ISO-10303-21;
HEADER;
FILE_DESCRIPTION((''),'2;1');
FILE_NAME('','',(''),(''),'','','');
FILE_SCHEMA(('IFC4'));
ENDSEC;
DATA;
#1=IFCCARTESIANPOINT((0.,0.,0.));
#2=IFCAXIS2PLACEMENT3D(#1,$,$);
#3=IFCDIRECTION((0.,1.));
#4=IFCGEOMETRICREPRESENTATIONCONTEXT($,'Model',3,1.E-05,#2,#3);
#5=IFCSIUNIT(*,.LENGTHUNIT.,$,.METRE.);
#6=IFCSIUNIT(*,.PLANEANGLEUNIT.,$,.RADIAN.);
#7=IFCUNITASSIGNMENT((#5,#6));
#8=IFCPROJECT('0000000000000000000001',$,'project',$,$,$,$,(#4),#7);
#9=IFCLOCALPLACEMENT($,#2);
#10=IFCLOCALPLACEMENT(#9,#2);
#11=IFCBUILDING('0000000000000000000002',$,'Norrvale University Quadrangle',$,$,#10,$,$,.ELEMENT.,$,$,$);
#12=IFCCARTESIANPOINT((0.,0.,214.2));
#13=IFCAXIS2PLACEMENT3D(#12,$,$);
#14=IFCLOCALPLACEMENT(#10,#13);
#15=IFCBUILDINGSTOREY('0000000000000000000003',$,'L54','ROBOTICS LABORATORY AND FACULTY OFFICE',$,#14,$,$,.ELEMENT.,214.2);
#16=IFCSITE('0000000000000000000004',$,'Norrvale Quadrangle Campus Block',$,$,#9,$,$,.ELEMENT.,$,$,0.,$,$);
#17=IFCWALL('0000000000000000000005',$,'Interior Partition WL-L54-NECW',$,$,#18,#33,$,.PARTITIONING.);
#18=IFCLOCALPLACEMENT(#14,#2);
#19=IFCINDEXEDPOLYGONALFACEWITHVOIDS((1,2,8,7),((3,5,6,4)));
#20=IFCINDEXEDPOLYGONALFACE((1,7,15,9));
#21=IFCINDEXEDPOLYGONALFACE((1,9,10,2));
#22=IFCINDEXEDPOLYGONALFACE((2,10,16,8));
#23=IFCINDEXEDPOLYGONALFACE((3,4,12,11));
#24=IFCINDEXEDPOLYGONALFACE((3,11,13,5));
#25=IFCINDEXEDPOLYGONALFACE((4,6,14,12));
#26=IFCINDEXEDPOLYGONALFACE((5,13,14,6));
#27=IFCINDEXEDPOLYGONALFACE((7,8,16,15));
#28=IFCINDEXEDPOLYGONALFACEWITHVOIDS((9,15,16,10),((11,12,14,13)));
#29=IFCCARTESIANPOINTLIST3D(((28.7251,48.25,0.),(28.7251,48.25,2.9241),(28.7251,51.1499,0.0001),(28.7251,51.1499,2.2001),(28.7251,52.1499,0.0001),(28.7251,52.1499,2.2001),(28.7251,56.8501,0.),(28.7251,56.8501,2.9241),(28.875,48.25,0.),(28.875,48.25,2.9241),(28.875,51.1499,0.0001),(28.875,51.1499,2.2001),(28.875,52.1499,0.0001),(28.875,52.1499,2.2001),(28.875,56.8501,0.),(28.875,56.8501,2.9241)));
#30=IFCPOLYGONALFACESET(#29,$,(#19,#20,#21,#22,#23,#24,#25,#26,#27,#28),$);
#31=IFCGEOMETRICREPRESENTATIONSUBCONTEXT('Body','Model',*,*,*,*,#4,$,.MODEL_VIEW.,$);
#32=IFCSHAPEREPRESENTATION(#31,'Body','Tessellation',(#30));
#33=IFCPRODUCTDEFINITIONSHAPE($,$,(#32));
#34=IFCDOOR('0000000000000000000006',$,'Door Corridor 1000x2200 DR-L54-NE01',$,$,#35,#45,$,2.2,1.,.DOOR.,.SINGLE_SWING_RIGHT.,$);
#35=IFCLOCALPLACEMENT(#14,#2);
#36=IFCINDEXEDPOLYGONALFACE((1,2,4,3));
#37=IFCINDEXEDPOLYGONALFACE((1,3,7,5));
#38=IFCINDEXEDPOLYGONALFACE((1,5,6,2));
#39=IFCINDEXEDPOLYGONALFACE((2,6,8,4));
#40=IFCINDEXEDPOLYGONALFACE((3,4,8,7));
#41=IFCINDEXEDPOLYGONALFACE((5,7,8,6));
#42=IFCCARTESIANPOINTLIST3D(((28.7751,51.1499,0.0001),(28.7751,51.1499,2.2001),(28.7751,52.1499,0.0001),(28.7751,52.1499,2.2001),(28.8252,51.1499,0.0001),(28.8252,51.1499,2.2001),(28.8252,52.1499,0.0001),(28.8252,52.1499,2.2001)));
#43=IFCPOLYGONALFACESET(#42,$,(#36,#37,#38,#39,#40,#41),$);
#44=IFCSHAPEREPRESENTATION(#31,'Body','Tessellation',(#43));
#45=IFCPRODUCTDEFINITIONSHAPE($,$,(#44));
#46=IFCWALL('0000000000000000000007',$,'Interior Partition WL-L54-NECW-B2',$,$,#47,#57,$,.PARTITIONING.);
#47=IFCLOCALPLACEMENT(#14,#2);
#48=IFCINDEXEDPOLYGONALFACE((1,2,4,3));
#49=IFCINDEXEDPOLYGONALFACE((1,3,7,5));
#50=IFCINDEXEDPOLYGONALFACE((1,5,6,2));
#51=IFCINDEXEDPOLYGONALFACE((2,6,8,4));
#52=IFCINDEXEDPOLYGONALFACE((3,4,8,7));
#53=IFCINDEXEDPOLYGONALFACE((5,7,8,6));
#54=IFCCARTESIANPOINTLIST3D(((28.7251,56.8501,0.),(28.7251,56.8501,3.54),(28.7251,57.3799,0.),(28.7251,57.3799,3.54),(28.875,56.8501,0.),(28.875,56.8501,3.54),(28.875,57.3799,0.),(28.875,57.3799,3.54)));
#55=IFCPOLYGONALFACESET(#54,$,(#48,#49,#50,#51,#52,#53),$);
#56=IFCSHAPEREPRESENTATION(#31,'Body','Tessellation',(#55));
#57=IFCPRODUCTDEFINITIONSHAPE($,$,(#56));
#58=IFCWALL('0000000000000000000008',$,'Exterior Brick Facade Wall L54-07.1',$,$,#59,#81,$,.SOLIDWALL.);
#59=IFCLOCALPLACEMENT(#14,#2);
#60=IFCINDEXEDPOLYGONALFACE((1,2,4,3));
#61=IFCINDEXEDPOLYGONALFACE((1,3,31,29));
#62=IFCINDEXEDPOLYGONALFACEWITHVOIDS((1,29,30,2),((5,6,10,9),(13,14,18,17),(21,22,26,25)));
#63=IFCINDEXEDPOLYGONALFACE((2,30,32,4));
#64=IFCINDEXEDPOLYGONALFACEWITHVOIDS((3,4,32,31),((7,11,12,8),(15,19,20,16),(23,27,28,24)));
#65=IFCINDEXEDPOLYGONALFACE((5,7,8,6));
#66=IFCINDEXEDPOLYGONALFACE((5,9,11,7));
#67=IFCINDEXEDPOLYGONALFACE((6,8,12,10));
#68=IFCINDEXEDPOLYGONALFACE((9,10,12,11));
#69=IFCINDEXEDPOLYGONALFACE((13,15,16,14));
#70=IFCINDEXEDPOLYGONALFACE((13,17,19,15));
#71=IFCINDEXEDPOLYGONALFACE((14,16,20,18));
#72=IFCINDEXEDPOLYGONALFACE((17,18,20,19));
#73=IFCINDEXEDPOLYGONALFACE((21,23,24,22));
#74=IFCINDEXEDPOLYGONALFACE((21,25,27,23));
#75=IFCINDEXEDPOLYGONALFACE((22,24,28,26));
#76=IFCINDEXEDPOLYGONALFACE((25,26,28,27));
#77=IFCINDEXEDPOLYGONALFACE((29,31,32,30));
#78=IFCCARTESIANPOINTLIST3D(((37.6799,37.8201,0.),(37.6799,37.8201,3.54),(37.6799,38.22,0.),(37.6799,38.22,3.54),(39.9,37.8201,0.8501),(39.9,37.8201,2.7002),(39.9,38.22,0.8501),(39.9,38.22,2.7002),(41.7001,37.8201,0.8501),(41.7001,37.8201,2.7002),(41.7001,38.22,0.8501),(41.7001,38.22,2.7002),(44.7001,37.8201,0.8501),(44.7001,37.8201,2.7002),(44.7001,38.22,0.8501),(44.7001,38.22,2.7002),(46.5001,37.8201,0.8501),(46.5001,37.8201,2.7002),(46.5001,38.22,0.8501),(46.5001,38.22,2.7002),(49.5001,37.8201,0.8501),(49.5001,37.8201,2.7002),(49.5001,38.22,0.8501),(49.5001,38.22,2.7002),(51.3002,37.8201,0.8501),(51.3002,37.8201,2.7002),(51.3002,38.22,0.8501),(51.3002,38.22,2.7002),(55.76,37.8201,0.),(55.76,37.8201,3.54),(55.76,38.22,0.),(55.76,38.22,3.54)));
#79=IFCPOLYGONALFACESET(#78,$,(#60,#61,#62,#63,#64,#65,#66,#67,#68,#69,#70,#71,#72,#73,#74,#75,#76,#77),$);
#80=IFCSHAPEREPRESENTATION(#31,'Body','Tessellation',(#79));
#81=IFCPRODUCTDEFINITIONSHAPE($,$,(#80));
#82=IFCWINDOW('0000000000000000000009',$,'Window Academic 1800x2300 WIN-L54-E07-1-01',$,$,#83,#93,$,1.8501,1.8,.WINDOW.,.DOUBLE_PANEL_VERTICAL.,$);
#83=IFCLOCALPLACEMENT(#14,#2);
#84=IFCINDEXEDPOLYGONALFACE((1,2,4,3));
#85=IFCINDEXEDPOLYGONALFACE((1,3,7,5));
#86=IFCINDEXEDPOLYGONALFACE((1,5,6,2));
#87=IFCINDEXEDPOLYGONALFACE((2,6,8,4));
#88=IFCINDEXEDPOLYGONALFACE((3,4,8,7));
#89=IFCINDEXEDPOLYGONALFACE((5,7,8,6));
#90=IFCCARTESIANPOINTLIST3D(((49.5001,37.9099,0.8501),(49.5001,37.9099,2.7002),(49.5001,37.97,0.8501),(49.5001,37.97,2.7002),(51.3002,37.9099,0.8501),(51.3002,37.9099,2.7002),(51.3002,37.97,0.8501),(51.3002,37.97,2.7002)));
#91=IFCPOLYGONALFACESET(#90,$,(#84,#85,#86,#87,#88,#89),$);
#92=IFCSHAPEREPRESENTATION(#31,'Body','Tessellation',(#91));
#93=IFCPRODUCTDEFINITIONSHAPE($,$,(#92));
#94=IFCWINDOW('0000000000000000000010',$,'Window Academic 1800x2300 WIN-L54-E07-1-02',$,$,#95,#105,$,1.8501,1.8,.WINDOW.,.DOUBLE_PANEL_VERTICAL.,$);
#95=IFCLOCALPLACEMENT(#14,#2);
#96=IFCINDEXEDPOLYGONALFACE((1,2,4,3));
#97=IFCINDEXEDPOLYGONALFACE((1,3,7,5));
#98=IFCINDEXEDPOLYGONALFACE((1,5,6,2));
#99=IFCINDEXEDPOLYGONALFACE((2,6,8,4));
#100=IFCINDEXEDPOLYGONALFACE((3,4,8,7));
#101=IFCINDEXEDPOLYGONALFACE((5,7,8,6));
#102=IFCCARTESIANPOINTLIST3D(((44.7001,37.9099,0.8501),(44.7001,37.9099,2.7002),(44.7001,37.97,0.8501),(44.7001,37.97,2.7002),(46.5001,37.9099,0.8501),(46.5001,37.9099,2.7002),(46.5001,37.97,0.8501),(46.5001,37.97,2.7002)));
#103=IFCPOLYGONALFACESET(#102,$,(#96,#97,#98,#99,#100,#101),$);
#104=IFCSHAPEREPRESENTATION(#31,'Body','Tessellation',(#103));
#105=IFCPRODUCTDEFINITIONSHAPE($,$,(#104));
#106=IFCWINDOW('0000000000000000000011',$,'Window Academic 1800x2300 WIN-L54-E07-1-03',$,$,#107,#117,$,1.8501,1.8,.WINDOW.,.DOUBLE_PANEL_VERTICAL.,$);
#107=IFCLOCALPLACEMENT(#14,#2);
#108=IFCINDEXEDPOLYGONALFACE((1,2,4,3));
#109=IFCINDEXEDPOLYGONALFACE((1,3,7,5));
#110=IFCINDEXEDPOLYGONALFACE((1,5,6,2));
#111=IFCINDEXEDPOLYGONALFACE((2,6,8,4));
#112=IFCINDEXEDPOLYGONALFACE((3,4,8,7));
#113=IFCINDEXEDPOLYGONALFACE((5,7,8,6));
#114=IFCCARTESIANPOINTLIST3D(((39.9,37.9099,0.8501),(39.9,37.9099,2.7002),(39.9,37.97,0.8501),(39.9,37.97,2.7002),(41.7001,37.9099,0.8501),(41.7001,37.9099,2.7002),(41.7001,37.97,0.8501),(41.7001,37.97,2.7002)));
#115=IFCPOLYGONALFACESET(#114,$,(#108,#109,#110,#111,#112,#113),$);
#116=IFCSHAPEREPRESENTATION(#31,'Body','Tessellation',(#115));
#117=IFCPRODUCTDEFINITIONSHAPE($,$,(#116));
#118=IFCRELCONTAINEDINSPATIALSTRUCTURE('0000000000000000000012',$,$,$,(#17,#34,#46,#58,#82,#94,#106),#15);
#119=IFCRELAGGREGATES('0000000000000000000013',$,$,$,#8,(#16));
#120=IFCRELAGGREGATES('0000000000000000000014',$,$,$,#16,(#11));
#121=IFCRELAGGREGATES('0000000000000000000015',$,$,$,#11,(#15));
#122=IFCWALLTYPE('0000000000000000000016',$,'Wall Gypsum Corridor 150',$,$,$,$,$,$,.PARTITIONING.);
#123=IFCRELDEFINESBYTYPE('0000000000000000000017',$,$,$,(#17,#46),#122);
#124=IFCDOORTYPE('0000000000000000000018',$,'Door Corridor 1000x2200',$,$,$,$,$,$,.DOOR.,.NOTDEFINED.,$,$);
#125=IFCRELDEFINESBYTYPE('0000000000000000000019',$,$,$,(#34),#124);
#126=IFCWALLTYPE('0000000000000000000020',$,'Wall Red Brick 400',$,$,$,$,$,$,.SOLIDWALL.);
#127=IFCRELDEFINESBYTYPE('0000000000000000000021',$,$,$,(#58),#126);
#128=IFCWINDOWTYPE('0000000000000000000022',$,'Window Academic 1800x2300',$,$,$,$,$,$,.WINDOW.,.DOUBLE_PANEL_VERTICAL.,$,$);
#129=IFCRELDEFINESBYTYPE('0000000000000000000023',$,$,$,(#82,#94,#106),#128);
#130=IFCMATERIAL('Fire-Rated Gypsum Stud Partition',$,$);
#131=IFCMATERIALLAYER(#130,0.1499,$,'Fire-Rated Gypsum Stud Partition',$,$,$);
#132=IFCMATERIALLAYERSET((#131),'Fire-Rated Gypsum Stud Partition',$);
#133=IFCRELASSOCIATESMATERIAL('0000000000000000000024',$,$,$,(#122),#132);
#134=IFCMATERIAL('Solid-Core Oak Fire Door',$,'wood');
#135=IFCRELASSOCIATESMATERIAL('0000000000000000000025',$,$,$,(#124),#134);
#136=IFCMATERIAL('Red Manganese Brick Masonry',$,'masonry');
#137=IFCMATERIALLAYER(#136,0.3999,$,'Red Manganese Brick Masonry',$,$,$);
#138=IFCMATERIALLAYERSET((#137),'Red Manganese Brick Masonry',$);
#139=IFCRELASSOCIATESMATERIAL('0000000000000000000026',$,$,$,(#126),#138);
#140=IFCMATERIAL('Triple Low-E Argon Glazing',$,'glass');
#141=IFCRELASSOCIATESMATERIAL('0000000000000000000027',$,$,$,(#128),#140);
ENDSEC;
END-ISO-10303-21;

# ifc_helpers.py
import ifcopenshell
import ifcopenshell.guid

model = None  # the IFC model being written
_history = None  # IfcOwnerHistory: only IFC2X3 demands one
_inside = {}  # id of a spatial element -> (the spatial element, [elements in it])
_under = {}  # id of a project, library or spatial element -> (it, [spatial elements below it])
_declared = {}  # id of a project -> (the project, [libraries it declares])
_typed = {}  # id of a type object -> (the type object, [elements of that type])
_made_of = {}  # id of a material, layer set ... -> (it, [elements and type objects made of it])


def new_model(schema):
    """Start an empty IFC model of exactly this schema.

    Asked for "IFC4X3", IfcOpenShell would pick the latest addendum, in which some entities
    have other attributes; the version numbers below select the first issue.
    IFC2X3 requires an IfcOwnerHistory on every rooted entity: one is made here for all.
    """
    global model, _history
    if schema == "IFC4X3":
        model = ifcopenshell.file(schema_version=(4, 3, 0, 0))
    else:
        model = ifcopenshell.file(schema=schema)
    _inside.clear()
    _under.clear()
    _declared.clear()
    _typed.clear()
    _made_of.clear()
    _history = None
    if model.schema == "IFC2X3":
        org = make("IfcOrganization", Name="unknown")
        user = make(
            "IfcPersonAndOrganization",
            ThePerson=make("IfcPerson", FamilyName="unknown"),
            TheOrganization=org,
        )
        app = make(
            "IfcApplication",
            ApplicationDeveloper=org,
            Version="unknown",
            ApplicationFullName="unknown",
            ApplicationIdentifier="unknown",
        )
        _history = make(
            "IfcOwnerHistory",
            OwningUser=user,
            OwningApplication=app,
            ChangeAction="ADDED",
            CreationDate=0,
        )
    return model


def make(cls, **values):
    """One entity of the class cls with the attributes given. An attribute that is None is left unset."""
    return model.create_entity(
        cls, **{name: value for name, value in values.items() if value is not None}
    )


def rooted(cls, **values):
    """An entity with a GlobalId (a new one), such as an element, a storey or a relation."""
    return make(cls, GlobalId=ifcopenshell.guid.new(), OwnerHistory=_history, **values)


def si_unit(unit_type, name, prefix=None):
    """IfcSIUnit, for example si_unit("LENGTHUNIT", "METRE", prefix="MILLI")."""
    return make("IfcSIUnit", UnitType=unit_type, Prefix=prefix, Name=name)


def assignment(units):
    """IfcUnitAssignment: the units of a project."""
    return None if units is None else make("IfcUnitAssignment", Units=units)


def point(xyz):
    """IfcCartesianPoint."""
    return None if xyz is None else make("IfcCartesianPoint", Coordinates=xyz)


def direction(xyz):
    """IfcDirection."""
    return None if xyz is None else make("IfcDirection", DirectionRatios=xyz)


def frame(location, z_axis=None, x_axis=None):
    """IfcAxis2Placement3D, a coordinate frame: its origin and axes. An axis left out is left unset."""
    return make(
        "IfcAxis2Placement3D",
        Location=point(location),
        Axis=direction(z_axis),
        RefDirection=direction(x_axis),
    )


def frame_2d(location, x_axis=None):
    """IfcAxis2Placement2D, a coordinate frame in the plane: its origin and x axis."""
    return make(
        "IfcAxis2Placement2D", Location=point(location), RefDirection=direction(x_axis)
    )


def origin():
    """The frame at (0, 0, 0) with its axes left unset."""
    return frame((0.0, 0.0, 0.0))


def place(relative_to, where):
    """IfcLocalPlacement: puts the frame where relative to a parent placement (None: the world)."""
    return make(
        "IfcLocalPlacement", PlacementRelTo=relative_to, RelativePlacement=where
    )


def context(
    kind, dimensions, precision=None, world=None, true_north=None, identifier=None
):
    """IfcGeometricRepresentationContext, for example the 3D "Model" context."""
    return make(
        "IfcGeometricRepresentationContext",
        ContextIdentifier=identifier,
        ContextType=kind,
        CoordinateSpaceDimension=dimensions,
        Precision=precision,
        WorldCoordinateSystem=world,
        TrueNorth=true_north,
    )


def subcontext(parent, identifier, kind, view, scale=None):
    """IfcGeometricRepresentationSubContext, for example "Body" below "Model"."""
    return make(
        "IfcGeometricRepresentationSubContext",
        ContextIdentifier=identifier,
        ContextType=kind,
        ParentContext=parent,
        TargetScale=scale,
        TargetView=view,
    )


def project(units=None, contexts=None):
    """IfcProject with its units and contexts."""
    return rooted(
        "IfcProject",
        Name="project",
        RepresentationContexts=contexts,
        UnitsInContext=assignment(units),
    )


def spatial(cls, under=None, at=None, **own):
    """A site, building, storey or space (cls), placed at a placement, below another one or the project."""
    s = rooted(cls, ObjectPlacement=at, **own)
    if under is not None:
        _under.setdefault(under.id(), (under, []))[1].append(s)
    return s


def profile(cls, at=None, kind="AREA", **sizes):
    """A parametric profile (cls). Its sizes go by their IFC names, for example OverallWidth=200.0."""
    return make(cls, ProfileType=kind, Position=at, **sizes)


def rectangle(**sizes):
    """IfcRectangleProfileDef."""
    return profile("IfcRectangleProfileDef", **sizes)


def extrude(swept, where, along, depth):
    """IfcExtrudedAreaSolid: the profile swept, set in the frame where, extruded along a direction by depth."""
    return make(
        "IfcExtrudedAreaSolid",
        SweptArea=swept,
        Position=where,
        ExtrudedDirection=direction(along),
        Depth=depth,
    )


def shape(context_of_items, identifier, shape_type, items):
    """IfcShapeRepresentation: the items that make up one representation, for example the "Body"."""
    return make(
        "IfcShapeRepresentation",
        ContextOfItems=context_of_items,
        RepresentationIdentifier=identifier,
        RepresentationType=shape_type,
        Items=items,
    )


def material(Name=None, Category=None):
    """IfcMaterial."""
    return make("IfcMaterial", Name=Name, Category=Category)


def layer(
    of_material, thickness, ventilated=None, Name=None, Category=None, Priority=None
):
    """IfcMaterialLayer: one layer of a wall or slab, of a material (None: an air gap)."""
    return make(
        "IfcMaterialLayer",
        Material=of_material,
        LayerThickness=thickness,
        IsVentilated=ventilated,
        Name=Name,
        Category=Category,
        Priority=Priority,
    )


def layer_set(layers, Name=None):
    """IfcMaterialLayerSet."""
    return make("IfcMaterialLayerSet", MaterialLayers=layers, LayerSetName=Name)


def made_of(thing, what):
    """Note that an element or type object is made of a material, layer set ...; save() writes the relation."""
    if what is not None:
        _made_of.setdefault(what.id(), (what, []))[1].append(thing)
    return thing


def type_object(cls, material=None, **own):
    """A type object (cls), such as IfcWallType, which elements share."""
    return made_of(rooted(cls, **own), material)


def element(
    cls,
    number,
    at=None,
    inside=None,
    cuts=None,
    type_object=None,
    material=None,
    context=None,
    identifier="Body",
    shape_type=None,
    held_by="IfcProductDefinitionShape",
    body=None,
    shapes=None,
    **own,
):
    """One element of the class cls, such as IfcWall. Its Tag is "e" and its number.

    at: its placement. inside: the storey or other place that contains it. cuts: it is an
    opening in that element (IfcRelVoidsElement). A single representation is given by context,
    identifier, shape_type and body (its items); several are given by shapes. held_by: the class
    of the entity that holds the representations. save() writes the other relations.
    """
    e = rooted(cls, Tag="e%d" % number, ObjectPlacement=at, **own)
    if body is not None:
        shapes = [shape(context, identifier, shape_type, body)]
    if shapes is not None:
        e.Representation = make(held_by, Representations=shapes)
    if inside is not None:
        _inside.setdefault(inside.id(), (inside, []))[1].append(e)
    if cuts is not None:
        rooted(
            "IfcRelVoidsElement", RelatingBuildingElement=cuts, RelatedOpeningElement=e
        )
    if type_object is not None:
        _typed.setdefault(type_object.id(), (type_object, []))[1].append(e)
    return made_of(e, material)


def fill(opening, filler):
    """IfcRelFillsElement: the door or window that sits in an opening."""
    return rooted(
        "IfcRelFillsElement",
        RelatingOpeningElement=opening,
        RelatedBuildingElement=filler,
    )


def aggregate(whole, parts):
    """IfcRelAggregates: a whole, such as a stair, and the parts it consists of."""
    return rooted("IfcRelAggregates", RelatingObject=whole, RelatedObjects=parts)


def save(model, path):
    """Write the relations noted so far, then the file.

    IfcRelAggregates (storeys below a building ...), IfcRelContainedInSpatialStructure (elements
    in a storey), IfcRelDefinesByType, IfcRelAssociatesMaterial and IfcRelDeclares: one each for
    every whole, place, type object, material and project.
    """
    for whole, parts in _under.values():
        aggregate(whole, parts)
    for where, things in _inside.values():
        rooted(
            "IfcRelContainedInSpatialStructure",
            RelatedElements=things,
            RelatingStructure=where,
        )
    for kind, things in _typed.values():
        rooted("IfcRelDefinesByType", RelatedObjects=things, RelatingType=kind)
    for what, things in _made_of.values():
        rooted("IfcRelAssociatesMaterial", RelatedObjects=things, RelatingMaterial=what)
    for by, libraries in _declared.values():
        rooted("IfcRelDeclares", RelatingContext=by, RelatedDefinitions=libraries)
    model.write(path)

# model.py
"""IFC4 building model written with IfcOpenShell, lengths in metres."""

from ifc_helpers import new_model, si_unit, direction, frame, frame_2d, origin, place, context, subcontext, project, spatial, rectangle, extrude, material, layer, layer_set, type_object, element, fill, save


model = new_model("IFC4")

# Units and contexts
model_context = context("Model", 3, precision=1e-05, world=origin(), true_north=direction((0.0, 1.0)))
body_context = subcontext(model_context, "Body", "Model", "MODEL_VIEW")
ifc_project = project(units=[si_unit("LENGTHUNIT", "METRE"), si_unit("PLANEANGLEUNIT", "RADIAN")], contexts=[model_context])

# Site, building, storey
site_placement = place(None, origin())
site = spatial("IfcSite", under=ifc_project, at=site_placement, Name="Norrvale Quadrangle Campus Block", CompositionType="ELEMENT", RefElevation=0.0)
building_placement = place(site_placement, origin())
building = spatial("IfcBuilding", under=site, at=building_placement, Name="Norrvale University Quadrangle", CompositionType="ELEMENT")
storey_placement = place(building_placement, frame((0.0, 0.0, 214.2)))
storey = spatial("IfcBuildingStorey", under=building, at=storey_placement, Name="L54", Description="ROBOTICS LABORATORY AND FACULTY OFFICE", CompositionType="ELEMENT", Elevation=214.2)

# Wall, opening, door
ifc_material_1 = material(Name="Fire-Rated Gypsum Stud Partition")
ifc_layer_1 = layer(ifc_material_1, 0.1499, Name="Fire-Rated Gypsum Stud Partition")
ifc_layer_set_1 = layer_set([ifc_layer_1], Name="Fire-Rated Gypsum Stud Partition")
wall_type_1 = type_object("IfcWallType", Name="Wall Gypsum Corridor 150", PredefinedType="PARTITIONING", material=ifc_layer_set_1)
wall_1_placement = place(storey_placement, frame((28.8, 48.25, 0.0), z_axis=(0.0, 0.0, 1.0), x_axis=(0.0, 1.0, 0.0)))
wall_1 = element("IfcWall", 1, at=wall_1_placement, inside=storey, type_object=wall_type_1, Name="Interior Partition WL-L54-NECW", PredefinedType="PARTITIONING", context=body_context, shape_type="SweptSolid", body=[
    extrude(rectangle(XDim=8.6001, YDim=0.1499, at=frame_2d((4.3, 0.0))), origin(), (0.0, 0.0, 1.0), 2.9241),
])
opening_1_placement = place(wall_1_placement, frame((2.8999, 0.0, 0.0)))
opening_1 = element("IfcOpeningElement", 2, at=opening_1_placement, cuts=wall_1, PredefinedType="OPENING", context=body_context, shape_type="SweptSolid", body=[
    extrude(rectangle(XDim=1.0, YDim=2.2, at=frame_2d((0.5, 1.1001))), frame((0.0, 0.0869, 0.0), z_axis=(0.0, -1.0, 0.0), x_axis=(1.0, 0.0, 0.0)), (0.0, 0.0, 1.0), 0.1738),
])
ifc_material_2 = material(Name="Solid-Core Oak Fire Door", Category="wood")
door_type = type_object("IfcDoorType", Name="Door Corridor 1000x2200", OperationType="NOTDEFINED", PredefinedType="DOOR", material=ifc_material_2)
door_placement = place(opening_1_placement, origin())
door = element("IfcDoor", 3, at=door_placement, inside=storey, type_object=door_type, Name="Door Corridor 1000x2200 DR-L54-NE01", OperationType="SINGLE_SWING_RIGHT", OverallHeight=2.2, OverallWidth=1.0, PredefinedType="DOOR", context=body_context, shape_type="SweptSolid", body=[
    extrude(rectangle(XDim=1.0, YDim=2.2, at=frame_2d((0.5, 1.1001))), frame((0.0, 0.0249, 0.0), z_axis=(0.0, -1.0, 0.0), x_axis=(1.0, 0.0, 0.0)), (0.0, 0.0, 1.0), 0.05),
])
fill(opening_1, door)

# Wall
wall_2_placement = place(storey_placement, frame((28.8, 56.8501, 0.0), z_axis=(0.0, 0.0, 1.0), x_axis=(0.0, 1.0, 0.0)))
element("IfcWall", 4, at=wall_2_placement, inside=storey, type_object=wall_type_1, Name="Interior Partition WL-L54-NECW-B2", PredefinedType="PARTITIONING", context=body_context, shape_type="SweptSolid", body=[
    extrude(rectangle(XDim=0.5298, YDim=0.1499, at=frame_2d((0.2649, 0.0))), origin(), (0.0, 0.0, 1.0), 3.54),
])

# Wall, openings, windows
ifc_material_3 = material(Name="Red Manganese Brick Masonry", Category="masonry")
ifc_layer_2 = layer(ifc_material_3, 0.3999, Name="Red Manganese Brick Masonry")
ifc_layer_set_2 = layer_set([ifc_layer_2], Name="Red Manganese Brick Masonry")
wall_type_2 = type_object("IfcWallType", Name="Wall Red Brick 400", PredefinedType="SOLIDWALL", material=ifc_layer_set_2)
wall_3_placement = place(storey_placement, frame((55.76, 38.02, 0.0), z_axis=(0.0, 0.0, 1.0), x_axis=(-1.0, 0.0, 0.0)))
wall_3 = element("IfcWall", 5, at=wall_3_placement, inside=storey, type_object=wall_type_2, Name="Exterior Brick Facade Wall L54-07.1", PredefinedType="SOLIDWALL", context=body_context, shape_type="SweptSolid", body=[
    extrude(rectangle(XDim=18.0801, YDim=0.3999, at=frame_2d((9.04, 0.0))), origin(), (0.0, 0.0, 1.0), 3.54),
])
opening_2_placement = place(wall_3_placement, frame((4.46, 0.0, 0.8501)))
opening_2 = element("IfcOpeningElement", 6, at=opening_2_placement, cuts=wall_3, PredefinedType="OPENING", context=body_context, shape_type="SweptSolid", body=[
    extrude(rectangle(XDim=1.8, YDim=1.8501, at=frame_2d((0.8999, 0.925))), frame((0.0, 0.2119, 0.0), z_axis=(0.0, -1.0, 0.0), x_axis=(1.0, 0.0, 0.0)), (0.0, 0.0, 1.0), 0.4238),
])
opening_3_placement = place(wall_3_placement, frame((9.26, 0.0, 0.8501)))
opening_3 = element("IfcOpeningElement", 7, at=opening_3_placement, cuts=wall_3, PredefinedType="OPENING", context=body_context, shape_type="SweptSolid", body=[
    extrude(rectangle(XDim=1.8, YDim=1.8501, at=frame_2d((0.8999, 0.925))), frame((0.0, 0.2119, 0.0), z_axis=(0.0, -1.0, 0.0), x_axis=(1.0, 0.0, 0.0)), (0.0, 0.0, 1.0), 0.4238),
])
opening_4_placement = place(wall_3_placement, frame((14.0601, 0.0, 0.8501)))
opening_4 = element("IfcOpeningElement", 8, at=opening_4_placement, cuts=wall_3, PredefinedType="OPENING", context=body_context, shape_type="SweptSolid", body=[
    extrude(rectangle(XDim=1.8, YDim=1.8501, at=frame_2d((0.8999, 0.925))), frame((0.0, 0.2119, 0.0), z_axis=(0.0, -1.0, 0.0), x_axis=(1.0, 0.0, 0.0)), (0.0, 0.0, 1.0), 0.4238),
])
ifc_material_4 = material(Name="Triple Low-E Argon Glazing", Category="glass")
window_type_1 = type_object("IfcWindowType", Name="Window Academic 1800x2300", PartitioningType="DOUBLE_PANEL_VERTICAL", PredefinedType="WINDOW", material=ifc_material_4)
window_1_placement = place(opening_2_placement, origin())
window_1 = element("IfcWindow", 9, at=window_1_placement, inside=storey, type_object=window_type_1, Name="Window Academic 1800x2300 WIN-L54-E07-1-01", OverallHeight=1.8501, OverallWidth=1.8, PartitioningType="DOUBLE_PANEL_VERTICAL", PredefinedType="WINDOW", context=body_context, shape_type="SweptSolid", body=[
    extrude(rectangle(XDim=1.8, YDim=1.8501, at=frame_2d((0.8999, 0.925))), frame((0.0, 0.1101, 0.0), z_axis=(0.0, -1.0, 0.0), x_axis=(1.0, 0.0, 0.0)), (0.0, 0.0, 1.0), 0.0601),
])
fill(opening_2, window_1)
window_2_placement = place(opening_3_placement, origin())
window_2 = element("IfcWindow", 10, at=window_2_placement, inside=storey, type_object=window_type_1, Name="Window Academic 1800x2300 WIN-L54-E07-1-02", OverallHeight=1.8501, OverallWidth=1.8, PartitioningType="DOUBLE_PANEL_VERTICAL", PredefinedType="WINDOW", context=body_context, shape_type="SweptSolid", body=[
    extrude(rectangle(XDim=1.8, YDim=1.8501, at=frame_2d((0.8999, 0.925))), frame((0.0, 0.1101, 0.0), z_axis=(0.0, -1.0, 0.0), x_axis=(1.0, 0.0, 0.0)), (0.0, 0.0, 1.0), 0.0601),
])
fill(opening_3, window_2)
window_3_placement = place(opening_4_placement, origin())
window_3 = element("IfcWindow", 11, at=window_3_placement, inside=storey, type_object=window_type_1, Name="Window Academic 1800x2300 WIN-L54-E07-1-03", OverallHeight=1.8501, OverallWidth=1.8, PartitioningType="DOUBLE_PANEL_VERTICAL", PredefinedType="WINDOW", context=body_context, shape_type="SweptSolid", body=[
    extrude(rectangle(XDim=1.8, YDim=1.8501, at=frame_2d((0.8999, 0.925))), frame((0.0, 0.1101, 0.0), z_axis=(0.0, -1.0, 0.0), x_axis=(1.0, 0.0, 0.0)), (0.0, 0.0, 1.0), 0.0601),
])
fill(opening_4, window_3)

save(model, "model.ifc")
